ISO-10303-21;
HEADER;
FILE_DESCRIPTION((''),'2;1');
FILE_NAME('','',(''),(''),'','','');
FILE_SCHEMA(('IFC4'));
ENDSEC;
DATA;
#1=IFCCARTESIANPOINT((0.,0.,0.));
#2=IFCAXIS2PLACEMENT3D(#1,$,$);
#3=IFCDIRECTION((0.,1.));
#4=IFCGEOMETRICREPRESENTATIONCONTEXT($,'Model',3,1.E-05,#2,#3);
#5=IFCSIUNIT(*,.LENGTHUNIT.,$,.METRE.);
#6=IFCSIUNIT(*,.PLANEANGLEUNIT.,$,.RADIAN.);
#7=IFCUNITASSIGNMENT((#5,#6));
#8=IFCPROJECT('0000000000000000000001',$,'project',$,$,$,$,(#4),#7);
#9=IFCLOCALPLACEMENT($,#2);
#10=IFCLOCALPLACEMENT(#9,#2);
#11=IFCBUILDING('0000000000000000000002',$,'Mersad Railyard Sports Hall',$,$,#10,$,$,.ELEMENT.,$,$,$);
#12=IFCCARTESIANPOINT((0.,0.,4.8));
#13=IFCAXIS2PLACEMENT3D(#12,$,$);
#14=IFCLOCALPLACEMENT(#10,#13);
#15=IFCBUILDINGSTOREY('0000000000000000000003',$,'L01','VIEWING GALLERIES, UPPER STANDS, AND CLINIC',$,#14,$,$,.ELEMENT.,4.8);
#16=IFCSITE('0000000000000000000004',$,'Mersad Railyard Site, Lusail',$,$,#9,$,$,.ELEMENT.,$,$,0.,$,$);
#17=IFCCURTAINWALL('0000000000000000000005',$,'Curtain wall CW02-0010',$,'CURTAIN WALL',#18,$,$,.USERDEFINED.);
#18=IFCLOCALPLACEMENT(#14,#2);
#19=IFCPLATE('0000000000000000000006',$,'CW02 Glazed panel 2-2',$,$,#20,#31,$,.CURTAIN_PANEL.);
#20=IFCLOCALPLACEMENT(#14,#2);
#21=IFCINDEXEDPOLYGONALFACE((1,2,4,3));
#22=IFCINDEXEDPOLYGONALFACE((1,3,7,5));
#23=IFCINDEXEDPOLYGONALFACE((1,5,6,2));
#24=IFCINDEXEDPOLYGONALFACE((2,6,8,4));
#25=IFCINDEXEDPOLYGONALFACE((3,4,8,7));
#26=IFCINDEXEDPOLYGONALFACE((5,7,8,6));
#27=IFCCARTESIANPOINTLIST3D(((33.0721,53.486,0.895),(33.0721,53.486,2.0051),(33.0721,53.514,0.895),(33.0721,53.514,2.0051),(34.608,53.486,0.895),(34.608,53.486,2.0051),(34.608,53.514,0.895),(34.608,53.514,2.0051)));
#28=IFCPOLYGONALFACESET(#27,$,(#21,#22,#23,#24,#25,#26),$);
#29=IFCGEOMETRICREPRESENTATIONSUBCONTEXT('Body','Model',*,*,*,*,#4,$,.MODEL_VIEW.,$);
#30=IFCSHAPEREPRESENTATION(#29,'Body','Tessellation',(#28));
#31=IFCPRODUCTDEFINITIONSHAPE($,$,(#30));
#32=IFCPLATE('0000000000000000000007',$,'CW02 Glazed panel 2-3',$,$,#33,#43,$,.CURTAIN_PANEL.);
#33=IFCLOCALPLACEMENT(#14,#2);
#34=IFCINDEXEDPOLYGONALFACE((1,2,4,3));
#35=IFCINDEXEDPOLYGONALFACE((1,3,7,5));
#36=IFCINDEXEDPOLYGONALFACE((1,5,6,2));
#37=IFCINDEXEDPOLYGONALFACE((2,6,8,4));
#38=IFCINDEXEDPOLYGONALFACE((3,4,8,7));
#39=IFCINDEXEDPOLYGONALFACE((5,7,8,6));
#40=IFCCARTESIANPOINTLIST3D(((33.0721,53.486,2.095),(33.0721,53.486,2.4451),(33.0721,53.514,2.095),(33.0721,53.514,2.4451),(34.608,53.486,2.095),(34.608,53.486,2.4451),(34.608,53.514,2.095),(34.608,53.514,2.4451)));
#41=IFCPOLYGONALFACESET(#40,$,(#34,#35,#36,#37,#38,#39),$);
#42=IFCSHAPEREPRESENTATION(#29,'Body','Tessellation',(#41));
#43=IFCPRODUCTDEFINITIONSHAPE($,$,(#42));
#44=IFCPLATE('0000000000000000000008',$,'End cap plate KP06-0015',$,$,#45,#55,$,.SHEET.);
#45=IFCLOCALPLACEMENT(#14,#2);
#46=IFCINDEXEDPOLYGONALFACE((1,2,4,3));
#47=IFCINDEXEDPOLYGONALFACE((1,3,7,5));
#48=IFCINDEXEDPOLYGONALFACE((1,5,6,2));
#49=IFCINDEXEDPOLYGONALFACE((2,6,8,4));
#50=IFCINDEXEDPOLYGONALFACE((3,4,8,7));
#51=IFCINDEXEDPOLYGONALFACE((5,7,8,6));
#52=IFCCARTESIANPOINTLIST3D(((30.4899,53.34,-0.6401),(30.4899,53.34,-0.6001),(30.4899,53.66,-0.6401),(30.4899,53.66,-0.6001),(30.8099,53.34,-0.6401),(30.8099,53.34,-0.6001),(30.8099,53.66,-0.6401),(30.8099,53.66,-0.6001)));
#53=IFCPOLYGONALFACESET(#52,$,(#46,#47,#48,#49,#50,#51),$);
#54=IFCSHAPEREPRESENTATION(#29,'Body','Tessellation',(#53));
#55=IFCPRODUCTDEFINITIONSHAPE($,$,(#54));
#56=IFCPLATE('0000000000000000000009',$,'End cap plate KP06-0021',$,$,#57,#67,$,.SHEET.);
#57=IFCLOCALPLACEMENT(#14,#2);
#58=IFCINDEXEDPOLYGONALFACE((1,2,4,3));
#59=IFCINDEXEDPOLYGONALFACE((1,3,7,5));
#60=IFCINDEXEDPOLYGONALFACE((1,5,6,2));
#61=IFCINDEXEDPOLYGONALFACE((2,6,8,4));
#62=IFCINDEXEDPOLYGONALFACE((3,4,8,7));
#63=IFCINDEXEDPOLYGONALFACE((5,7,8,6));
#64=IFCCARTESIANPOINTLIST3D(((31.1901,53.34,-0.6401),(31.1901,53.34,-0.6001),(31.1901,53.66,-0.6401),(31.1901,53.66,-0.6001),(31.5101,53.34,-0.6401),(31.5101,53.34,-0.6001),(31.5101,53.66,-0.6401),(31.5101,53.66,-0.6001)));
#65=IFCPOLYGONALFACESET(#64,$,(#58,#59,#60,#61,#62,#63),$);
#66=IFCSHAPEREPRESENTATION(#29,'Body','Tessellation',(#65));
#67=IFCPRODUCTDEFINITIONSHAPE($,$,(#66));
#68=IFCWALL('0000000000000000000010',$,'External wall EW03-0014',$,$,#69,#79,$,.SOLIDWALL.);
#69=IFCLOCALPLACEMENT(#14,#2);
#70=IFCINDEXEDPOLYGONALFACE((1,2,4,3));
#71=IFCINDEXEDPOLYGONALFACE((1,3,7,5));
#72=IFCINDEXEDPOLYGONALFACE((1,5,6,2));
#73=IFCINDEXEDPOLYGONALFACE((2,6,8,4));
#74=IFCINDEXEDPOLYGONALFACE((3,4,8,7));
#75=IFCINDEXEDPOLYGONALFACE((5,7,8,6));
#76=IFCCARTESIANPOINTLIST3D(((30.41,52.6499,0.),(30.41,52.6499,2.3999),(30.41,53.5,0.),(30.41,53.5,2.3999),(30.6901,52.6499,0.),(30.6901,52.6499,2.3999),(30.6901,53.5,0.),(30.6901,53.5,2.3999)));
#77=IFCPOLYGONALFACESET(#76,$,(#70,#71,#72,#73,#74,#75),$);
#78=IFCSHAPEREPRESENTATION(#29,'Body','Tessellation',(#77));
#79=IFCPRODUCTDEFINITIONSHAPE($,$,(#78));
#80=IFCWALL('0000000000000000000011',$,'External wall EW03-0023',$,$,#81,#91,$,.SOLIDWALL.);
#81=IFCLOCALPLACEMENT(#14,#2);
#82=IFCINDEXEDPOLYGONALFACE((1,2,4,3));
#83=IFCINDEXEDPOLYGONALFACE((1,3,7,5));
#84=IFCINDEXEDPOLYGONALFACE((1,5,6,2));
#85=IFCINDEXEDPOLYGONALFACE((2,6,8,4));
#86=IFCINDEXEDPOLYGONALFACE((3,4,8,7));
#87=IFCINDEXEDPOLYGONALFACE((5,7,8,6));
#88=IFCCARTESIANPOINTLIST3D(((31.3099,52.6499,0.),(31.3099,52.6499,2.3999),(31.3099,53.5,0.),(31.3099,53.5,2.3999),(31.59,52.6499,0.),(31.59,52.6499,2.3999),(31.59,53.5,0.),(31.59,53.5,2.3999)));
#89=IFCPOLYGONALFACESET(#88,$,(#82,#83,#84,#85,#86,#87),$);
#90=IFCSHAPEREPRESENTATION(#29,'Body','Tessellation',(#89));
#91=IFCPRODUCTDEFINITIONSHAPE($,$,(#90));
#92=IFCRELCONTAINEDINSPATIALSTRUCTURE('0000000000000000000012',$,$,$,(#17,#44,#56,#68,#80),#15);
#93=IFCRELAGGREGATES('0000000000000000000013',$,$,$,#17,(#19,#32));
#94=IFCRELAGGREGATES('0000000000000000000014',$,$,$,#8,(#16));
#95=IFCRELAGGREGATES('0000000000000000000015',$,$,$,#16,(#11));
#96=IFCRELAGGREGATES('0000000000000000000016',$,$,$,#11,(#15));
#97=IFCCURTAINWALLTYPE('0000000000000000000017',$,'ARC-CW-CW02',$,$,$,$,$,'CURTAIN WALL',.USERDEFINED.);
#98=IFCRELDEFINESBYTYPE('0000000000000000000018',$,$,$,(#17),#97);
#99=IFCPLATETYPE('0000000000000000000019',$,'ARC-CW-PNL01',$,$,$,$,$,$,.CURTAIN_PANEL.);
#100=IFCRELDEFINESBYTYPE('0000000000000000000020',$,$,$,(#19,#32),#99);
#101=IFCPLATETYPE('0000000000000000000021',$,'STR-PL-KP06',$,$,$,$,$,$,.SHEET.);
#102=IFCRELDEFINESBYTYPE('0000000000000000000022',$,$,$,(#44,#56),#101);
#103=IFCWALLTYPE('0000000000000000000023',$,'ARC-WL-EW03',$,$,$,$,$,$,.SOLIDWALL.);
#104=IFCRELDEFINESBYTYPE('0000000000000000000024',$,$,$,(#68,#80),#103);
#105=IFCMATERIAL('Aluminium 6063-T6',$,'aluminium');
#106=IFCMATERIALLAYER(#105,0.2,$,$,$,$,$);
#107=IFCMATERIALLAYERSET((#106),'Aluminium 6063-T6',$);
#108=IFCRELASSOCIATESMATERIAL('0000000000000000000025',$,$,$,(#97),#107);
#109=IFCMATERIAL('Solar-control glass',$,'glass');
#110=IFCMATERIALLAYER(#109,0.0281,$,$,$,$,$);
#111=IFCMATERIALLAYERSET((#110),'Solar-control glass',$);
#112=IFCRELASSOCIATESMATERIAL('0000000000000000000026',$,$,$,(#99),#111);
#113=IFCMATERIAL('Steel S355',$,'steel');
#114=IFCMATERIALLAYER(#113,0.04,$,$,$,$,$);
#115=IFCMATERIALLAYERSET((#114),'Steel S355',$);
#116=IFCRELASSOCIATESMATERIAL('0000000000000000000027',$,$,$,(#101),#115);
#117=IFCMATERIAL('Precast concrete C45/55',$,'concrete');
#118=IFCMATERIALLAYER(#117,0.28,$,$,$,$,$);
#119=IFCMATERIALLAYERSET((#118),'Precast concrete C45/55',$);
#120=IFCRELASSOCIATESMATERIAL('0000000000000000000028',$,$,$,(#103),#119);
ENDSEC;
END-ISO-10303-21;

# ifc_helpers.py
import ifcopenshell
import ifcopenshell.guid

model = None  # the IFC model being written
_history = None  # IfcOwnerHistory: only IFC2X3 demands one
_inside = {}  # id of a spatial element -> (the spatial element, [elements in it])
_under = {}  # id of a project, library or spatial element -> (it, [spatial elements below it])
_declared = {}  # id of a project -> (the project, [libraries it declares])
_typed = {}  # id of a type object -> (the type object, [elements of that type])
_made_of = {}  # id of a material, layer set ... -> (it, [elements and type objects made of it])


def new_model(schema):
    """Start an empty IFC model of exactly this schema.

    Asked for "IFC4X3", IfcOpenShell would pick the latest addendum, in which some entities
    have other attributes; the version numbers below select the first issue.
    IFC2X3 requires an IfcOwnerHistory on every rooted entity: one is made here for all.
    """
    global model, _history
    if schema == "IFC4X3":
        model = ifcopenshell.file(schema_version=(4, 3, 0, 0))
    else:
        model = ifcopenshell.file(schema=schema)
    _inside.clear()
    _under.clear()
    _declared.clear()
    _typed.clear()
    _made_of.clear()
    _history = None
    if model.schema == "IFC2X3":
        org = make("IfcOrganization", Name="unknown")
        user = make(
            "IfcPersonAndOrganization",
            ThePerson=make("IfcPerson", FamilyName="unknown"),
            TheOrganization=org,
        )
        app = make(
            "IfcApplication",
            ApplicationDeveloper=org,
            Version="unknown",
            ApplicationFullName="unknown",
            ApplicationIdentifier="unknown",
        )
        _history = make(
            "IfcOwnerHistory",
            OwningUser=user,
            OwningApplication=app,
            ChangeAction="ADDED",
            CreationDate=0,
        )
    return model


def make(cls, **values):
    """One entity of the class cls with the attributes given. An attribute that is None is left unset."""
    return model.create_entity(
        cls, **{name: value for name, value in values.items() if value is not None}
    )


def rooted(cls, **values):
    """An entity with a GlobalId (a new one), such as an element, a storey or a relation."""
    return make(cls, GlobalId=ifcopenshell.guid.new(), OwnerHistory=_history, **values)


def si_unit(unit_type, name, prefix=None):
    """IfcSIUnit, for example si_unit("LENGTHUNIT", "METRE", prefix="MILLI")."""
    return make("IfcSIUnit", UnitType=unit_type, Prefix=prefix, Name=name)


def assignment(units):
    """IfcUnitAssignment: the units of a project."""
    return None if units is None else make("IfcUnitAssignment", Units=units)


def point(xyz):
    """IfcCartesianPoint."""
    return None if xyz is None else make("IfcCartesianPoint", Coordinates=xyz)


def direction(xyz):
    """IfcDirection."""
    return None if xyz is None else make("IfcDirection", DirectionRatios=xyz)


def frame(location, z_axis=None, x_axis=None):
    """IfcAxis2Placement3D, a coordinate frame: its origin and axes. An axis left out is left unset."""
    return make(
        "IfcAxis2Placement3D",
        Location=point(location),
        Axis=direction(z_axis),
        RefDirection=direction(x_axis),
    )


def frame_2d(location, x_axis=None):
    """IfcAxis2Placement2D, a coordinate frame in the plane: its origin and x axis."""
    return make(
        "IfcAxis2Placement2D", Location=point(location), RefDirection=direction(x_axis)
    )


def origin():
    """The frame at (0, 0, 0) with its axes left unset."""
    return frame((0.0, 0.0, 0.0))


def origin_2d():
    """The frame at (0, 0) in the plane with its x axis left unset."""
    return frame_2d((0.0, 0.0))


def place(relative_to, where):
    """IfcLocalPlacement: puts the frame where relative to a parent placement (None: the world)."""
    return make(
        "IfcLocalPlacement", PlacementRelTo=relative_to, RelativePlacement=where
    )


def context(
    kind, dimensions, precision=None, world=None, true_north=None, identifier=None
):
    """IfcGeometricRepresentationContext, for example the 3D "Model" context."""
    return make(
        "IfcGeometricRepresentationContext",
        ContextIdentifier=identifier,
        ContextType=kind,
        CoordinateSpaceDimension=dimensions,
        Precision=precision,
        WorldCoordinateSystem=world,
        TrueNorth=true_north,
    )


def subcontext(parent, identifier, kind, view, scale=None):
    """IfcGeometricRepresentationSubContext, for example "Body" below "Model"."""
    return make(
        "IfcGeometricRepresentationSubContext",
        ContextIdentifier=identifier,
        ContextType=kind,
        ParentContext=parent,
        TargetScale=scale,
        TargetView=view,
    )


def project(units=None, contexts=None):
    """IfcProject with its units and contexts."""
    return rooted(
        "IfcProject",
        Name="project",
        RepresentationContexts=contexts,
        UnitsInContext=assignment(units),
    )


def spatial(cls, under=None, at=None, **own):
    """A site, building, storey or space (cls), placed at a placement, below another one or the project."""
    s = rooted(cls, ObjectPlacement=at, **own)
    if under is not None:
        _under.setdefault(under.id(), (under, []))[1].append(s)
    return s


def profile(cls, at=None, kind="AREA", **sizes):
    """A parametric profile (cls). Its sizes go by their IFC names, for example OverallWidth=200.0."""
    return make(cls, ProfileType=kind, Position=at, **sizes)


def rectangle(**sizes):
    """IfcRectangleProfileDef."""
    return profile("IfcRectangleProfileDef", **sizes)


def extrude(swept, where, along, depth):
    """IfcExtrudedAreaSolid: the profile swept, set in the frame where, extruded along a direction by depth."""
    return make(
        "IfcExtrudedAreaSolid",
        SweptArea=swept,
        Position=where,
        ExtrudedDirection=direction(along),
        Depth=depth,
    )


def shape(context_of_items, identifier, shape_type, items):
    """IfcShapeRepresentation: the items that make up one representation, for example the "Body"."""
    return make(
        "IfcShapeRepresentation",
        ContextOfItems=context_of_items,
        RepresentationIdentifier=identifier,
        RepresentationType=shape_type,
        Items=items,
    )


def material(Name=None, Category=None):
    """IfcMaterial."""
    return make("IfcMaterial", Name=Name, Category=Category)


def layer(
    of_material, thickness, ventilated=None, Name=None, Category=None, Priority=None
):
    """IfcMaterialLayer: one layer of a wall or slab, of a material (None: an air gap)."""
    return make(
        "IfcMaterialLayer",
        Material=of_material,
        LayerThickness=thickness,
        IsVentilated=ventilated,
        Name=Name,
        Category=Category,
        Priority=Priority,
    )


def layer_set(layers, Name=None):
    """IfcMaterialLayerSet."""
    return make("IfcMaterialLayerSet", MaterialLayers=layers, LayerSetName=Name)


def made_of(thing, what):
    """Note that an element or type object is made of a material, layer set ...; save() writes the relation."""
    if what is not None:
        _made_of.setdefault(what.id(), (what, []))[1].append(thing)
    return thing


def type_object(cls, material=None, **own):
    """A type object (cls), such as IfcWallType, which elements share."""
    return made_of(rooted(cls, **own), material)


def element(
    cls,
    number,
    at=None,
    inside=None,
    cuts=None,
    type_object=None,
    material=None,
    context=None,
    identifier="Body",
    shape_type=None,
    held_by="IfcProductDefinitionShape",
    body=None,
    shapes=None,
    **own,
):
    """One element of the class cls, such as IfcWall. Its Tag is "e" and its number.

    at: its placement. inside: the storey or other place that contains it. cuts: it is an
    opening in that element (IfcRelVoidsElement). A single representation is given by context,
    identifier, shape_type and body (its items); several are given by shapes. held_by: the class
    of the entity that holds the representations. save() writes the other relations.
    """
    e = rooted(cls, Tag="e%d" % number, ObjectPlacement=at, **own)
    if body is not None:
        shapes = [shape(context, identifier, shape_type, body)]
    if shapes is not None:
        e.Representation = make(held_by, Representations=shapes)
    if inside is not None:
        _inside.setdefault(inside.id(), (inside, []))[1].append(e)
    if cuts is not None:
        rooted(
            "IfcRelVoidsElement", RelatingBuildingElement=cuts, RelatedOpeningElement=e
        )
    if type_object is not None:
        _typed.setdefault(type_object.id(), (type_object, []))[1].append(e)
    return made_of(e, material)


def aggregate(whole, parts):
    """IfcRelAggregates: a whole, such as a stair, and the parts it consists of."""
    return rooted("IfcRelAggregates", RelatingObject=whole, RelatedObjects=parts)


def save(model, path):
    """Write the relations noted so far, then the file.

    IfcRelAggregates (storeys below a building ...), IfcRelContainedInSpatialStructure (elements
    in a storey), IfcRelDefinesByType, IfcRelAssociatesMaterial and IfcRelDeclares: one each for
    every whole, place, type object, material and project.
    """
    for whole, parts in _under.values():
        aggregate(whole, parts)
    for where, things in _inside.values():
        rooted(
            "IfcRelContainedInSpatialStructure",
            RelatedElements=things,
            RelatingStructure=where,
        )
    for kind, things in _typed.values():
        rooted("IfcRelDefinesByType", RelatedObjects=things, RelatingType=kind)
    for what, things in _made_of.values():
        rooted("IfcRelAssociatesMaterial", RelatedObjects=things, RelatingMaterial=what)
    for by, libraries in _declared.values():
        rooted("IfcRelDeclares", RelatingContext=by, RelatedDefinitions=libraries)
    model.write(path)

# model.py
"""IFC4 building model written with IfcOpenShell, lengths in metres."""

from ifc_helpers import new_model, si_unit, direction, frame, frame_2d, origin, origin_2d, place, context, subcontext, project, spatial, rectangle, extrude, material, layer, layer_set, type_object, element, aggregate, save


model = new_model("IFC4")

# Units and contexts
model_context = context("Model", 3, precision=1e-05, world=origin(), true_north=direction((0.0, 1.0)))
body_context = subcontext(model_context, "Body", "Model", "MODEL_VIEW")
ifc_project = project(units=[si_unit("LENGTHUNIT", "METRE"), si_unit("PLANEANGLEUNIT", "RADIAN")], contexts=[model_context])

# Site, building, storey
site_placement = place(None, origin())
site = spatial("IfcSite", under=ifc_project, at=site_placement, Name="Mersad Railyard Site, Lusail", CompositionType="ELEMENT", RefElevation=0.0)
building_placement = place(site_placement, origin())
building = spatial("IfcBuilding", under=site, at=building_placement, Name="Mersad Railyard Sports Hall", CompositionType="ELEMENT")
storey_placement = place(building_placement, frame((0.0, 0.0, 4.8)))
storey = spatial("IfcBuildingStorey", under=building, at=storey_placement, Name="L01", Description="VIEWING GALLERIES, UPPER STANDS, AND CLINIC", CompositionType="ELEMENT", Elevation=4.8)

# Curtain wall
ifc_material_1 = material(Name="Aluminium 6063-T6", Category="aluminium")
ifc_layer_1 = layer(ifc_material_1, 0.2)
ifc_layer_set_1 = layer_set([ifc_layer_1], Name="Aluminium 6063-T6")
curtain_wall_type = type_object("IfcCurtainWallType", Name="ARC-CW-CW02", ElementType="CURTAIN WALL", PredefinedType="USERDEFINED", material=ifc_layer_set_1)
curtain_wall_1_placement = place(storey_placement, origin())
curtain_wall_1 = element("IfcCurtainWall", 1, at=curtain_wall_1_placement, inside=storey, type_object=curtain_wall_type, Name="Curtain wall CW02-0010", ObjectType="CURTAIN WALL", PredefinedType="USERDEFINED")

# Shared definitions
ifc_material_2 = material(Name="Steel S355", Category="steel")

# Plates
ifc_material_3 = material(Name="Solar-control glass", Category="glass")
ifc_layer_2 = layer(ifc_material_3, 0.0281)
ifc_layer_set_2 = layer_set([ifc_layer_2], Name="Solar-control glass")
plate_type_1 = type_object("IfcPlateType", Name="ARC-CW-PNL01", PredefinedType="CURTAIN_PANEL", material=ifc_layer_set_2)
plate_1_placement = place(storey_placement, frame((33.8401, 53.5, 0.895), z_axis=(0.0, 0.0, 1.0), x_axis=(1.0, 0.0, 0.0)))
plate_1 = element("IfcPlate", 2, at=plate_1_placement, type_object=plate_type_1, Name="CW02 Glazed panel 2-2", PredefinedType="CURTAIN_PANEL", context=body_context, shape_type="SweptSolid", body=[
    extrude(rectangle(XDim=1.5359, YDim=0.0281, at=origin_2d()), origin(), (0.0, 0.0, 1.0), 1.1101),
])
plate_2_placement = place(storey_placement, frame((33.8401, 53.5, 2.095), z_axis=(0.0, 0.0, 1.0), x_axis=(1.0, 0.0, 0.0)))
plate_2 = element("IfcPlate", 3, at=plate_2_placement, type_object=plate_type_1, Name="CW02 Glazed panel 2-3", PredefinedType="CURTAIN_PANEL", context=body_context, shape_type="SweptSolid", body=[
    extrude(rectangle(XDim=1.5359, YDim=0.0281, at=origin_2d()), origin(), (0.0, 0.0, 1.0), 0.3501),
])
aggregate(curtain_wall_1, [plate_1, plate_2])

# Plates
ifc_layer_3 = layer(ifc_material_2, 0.04)
ifc_layer_set_3 = layer_set([ifc_layer_3], Name="Steel S355")
plate_type_2 = type_object("IfcPlateType", Name="STR-PL-KP06", PredefinedType="SHEET", material=ifc_layer_set_3)
for number, where, z_axis, x_axis, name in (
    (4, (30.6499, 53.5, -0.6401), (0.0, 0.0, 1.0), (1.0, 0.0, 0.0), "End cap plate KP06-0015"),
    (5, (31.3501, 53.5, -0.6401), (0.0, 0.0, 1.0), (1.0, 0.0, 0.0), "End cap plate KP06-0021"),
):
    element("IfcPlate", number, at=place(storey_placement, frame(where, z_axis=z_axis, x_axis=x_axis)), inside=storey, type_object=plate_type_2, Name=name, PredefinedType="SHEET", context=body_context, shape_type="SweptSolid", body=[
        extrude(rectangle(XDim=0.3201, YDim=0.3201, at=origin_2d()), origin(), (0.0, 0.0, 1.0), 0.04),
    ])

# Walls
ifc_material_4 = material(Name="Precast concrete C45/55", Category="concrete")
ifc_layer_4 = layer(ifc_material_4, 0.28)
ifc_layer_set_4 = layer_set([ifc_layer_4], Name="Precast concrete C45/55")
wall_type = type_object("IfcWallType", Name="ARC-WL-EW03", PredefinedType="SOLIDWALL", material=ifc_layer_set_4)
for number, where, z_axis, x_axis, name in (
    (6, (30.55, 53.5, 0.0), (0.0, 0.0, 1.0), (0.0, -1.0, 0.0), "External wall EW03-0014"),
    (7, (31.45, 52.6499, 0.0), (0.0, 0.0, 1.0), (0.0, 1.0, 0.0), "External wall EW03-0023"),
):
    element("IfcWall", number, at=place(storey_placement, frame(where, z_axis=z_axis, x_axis=x_axis)), inside=storey, type_object=wall_type, Name=name, PredefinedType="SOLIDWALL", context=body_context, shape_type="SweptSolid", body=[
        extrude(rectangle(XDim=0.8501, YDim=0.28, at=frame_2d((0.425, 0.0))), origin(), (0.0, 0.0, 1.0), 2.3999),
    ])

save(model, "model.ifc")
